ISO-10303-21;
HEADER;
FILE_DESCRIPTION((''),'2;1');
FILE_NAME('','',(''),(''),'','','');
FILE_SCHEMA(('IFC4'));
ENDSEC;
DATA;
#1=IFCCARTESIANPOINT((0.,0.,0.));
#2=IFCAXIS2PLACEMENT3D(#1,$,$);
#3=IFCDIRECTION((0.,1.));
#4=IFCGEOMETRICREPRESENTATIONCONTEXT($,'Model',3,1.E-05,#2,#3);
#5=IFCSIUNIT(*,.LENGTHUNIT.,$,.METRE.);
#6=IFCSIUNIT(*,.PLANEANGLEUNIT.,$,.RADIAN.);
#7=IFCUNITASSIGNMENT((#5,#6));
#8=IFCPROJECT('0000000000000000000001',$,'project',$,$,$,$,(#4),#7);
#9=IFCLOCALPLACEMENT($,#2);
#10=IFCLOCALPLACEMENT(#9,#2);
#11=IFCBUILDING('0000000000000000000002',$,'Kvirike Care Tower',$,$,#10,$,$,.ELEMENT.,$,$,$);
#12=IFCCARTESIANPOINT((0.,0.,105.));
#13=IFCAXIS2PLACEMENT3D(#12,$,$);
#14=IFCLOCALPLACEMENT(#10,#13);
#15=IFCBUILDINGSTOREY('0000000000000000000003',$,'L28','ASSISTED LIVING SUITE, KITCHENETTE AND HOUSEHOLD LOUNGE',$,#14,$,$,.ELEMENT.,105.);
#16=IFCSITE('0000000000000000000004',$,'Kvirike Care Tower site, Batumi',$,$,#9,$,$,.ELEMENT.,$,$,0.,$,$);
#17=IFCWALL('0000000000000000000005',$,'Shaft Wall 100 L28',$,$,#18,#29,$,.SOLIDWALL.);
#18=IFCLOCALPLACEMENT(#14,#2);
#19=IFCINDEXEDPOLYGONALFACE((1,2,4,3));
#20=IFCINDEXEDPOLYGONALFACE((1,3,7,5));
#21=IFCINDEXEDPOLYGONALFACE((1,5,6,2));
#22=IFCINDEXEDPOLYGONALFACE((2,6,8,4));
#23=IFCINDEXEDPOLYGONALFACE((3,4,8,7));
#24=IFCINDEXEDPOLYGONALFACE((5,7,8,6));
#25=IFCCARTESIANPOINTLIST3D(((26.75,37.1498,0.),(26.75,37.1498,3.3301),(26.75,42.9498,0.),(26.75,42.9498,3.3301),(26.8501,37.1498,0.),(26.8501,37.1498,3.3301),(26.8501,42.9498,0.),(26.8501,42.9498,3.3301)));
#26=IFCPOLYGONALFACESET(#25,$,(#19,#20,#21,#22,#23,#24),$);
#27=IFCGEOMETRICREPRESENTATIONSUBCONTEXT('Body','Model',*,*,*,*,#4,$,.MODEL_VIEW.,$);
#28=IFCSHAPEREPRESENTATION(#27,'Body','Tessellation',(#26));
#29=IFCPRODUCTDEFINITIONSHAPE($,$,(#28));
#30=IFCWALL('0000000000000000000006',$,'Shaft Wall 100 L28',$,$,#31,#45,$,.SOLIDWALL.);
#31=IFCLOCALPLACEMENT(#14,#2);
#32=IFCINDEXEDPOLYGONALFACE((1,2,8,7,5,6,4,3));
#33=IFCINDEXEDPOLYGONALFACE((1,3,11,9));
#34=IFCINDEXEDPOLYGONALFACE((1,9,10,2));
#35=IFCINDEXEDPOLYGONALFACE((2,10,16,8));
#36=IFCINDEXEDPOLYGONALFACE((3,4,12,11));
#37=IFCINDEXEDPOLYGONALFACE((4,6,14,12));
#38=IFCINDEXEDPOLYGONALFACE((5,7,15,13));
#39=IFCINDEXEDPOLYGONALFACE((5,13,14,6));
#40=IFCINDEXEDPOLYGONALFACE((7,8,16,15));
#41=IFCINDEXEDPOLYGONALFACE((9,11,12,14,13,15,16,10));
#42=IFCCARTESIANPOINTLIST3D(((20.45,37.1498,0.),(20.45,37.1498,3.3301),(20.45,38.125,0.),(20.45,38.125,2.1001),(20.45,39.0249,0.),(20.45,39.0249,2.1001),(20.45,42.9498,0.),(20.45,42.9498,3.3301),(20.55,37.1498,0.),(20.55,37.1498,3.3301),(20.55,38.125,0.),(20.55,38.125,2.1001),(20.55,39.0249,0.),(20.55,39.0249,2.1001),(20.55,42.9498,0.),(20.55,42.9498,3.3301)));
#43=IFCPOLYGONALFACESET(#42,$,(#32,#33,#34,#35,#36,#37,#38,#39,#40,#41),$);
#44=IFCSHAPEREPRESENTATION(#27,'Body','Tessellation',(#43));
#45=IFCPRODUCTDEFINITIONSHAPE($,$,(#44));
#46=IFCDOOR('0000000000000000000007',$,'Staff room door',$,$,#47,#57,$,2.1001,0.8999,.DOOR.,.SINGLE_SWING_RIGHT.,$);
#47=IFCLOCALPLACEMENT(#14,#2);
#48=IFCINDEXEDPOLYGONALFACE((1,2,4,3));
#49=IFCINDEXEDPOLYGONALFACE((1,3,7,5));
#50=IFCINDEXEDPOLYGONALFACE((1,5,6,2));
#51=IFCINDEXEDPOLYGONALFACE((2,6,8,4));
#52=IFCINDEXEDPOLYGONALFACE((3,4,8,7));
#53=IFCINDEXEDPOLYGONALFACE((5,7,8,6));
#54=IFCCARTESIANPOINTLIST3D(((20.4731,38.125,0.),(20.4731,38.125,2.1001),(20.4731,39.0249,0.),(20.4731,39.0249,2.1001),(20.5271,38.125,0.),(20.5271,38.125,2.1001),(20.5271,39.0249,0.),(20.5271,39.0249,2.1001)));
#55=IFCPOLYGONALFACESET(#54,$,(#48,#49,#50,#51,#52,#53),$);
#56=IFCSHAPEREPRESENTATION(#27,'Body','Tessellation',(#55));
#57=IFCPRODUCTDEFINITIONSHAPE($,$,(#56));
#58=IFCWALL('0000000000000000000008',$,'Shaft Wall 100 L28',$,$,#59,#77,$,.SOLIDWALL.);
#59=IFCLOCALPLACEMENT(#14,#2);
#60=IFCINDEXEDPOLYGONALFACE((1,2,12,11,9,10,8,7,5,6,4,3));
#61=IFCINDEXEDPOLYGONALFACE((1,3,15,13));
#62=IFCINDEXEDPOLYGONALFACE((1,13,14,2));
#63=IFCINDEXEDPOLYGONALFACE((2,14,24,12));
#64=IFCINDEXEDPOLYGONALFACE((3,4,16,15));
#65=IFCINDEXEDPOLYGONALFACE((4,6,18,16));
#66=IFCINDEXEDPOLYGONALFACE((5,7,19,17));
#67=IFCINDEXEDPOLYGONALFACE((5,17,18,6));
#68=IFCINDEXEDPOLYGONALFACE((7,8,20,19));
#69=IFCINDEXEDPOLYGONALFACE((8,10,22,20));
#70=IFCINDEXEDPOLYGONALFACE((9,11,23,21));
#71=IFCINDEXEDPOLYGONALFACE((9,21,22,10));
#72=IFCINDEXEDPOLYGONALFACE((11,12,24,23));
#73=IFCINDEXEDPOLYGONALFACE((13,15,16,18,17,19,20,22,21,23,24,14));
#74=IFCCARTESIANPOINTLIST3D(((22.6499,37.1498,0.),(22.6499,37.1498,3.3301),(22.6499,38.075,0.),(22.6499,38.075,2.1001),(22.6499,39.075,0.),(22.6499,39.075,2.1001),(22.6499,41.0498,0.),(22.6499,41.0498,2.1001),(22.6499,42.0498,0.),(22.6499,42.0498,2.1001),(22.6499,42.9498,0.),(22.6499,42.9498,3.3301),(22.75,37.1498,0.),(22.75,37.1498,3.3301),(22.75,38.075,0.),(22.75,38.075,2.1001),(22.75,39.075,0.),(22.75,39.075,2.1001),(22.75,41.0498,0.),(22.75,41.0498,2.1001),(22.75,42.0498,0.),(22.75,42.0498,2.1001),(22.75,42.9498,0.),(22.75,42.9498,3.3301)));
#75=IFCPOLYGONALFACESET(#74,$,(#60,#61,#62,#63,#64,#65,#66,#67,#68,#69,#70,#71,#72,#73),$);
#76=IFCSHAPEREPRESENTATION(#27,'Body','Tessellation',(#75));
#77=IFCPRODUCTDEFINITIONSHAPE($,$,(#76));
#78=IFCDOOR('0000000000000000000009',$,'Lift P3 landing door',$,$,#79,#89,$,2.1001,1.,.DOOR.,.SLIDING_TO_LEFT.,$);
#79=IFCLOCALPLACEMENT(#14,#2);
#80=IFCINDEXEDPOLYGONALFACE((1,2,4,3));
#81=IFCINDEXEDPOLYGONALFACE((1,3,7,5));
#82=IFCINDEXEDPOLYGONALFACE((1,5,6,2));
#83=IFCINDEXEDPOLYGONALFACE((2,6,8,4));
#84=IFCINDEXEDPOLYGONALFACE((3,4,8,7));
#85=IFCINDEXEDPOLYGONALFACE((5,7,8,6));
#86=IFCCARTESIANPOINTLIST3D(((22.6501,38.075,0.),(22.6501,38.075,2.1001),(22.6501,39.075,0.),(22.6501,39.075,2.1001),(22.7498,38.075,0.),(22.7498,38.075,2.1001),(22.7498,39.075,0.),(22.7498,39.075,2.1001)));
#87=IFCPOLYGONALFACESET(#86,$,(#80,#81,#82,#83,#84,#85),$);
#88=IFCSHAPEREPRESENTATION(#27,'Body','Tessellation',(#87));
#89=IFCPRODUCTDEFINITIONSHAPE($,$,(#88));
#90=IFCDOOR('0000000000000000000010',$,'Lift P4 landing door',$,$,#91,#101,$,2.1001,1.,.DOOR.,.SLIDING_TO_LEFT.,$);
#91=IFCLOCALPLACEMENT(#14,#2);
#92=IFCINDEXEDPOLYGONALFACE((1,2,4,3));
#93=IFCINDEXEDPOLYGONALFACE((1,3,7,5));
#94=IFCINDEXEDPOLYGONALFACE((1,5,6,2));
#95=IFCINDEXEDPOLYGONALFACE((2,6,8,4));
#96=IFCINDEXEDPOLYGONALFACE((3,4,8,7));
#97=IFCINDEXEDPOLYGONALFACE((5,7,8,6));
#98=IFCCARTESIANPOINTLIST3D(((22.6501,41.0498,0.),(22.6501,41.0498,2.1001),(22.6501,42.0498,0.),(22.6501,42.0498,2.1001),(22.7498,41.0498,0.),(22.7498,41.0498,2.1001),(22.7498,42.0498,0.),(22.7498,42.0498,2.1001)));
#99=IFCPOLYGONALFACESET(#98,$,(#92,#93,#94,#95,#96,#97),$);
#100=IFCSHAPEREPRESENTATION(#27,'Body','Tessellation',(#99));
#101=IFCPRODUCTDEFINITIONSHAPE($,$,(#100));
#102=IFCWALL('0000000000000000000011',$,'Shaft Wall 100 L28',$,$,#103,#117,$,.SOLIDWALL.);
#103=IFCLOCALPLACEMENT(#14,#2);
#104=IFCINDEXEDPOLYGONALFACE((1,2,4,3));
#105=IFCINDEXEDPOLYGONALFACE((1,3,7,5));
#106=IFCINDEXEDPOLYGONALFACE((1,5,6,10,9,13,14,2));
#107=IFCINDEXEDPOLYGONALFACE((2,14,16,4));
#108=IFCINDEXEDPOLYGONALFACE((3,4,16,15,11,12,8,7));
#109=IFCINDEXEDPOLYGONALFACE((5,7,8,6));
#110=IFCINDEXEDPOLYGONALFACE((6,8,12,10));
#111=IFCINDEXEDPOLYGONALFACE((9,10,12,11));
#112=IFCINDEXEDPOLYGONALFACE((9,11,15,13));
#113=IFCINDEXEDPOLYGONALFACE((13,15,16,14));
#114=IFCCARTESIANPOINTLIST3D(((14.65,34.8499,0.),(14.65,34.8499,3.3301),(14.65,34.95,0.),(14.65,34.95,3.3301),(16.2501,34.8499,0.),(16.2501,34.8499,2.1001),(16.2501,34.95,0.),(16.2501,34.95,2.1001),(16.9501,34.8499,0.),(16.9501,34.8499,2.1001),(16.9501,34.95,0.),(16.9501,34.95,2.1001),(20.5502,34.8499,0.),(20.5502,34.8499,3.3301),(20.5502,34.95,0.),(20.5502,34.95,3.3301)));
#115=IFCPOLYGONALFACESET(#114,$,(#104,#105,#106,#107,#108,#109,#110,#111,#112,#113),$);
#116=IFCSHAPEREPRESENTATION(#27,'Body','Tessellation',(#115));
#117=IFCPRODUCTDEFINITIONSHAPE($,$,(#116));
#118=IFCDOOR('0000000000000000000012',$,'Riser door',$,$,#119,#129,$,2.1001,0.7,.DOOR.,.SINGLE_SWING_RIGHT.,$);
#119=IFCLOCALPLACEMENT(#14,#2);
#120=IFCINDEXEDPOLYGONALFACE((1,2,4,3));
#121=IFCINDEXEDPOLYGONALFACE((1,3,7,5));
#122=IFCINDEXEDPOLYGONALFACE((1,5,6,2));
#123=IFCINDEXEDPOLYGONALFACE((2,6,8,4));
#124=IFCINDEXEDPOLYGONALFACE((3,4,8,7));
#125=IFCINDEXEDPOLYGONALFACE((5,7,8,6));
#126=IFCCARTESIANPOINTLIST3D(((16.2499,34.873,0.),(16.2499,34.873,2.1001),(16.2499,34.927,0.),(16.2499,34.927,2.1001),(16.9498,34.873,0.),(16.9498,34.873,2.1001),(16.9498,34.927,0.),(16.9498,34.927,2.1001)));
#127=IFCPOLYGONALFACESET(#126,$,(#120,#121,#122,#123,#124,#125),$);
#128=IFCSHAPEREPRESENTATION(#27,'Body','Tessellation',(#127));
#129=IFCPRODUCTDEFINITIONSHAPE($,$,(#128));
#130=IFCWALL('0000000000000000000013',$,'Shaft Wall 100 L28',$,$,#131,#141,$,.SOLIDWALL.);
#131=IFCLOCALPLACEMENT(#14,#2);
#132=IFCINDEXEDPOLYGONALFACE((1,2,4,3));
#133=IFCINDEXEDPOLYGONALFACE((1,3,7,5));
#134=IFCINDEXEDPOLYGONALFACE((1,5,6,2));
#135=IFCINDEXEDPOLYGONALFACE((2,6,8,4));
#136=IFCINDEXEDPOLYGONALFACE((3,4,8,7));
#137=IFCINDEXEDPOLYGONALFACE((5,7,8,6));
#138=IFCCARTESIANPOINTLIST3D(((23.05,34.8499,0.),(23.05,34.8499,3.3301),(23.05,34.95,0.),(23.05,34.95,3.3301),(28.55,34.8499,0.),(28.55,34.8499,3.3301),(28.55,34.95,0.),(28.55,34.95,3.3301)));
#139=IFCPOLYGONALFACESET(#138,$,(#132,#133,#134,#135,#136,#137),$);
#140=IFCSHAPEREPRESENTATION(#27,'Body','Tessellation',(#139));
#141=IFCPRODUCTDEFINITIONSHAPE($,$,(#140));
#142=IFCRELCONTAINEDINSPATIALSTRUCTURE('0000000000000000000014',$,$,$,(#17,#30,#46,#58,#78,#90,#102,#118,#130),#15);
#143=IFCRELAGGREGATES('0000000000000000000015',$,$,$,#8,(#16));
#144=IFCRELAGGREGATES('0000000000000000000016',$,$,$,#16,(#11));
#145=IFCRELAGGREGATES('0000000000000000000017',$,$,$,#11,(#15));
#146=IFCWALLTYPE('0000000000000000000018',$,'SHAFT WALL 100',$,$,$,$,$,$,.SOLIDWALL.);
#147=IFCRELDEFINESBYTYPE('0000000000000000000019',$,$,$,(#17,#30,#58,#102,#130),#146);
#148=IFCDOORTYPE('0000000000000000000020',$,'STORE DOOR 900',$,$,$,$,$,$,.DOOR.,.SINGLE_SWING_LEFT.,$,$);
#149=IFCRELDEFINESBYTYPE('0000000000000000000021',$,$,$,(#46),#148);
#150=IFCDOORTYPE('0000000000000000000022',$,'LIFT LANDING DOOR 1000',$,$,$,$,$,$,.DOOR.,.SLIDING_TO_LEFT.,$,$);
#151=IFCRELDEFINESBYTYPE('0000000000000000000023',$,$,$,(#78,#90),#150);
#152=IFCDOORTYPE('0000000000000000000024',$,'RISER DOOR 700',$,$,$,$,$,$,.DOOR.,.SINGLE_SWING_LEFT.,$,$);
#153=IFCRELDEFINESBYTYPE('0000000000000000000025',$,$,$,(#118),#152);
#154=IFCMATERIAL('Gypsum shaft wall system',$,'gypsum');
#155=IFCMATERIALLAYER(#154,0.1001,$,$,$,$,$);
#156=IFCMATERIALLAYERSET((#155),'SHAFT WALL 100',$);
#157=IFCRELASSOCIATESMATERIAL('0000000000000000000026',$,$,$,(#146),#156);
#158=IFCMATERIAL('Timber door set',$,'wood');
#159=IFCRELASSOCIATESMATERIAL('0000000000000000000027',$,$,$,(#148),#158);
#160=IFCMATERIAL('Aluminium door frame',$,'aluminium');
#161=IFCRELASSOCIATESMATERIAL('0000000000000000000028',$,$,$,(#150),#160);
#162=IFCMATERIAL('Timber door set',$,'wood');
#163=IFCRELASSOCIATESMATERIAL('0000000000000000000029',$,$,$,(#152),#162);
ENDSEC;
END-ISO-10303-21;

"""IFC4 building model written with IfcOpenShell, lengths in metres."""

from ifc_helpers import new_model, si_unit, direction, frame, frame_2d, origin, place, context, subcontext, project, spatial, rectangle, extrude, material, layer, layer_set, type_object, element, fill, save


model = new_model("IFC4")

# Units and contexts
model_context = context("Model", 3, precision=1e-05, world=origin(), true_north=direction((0.0, 1.0)))
body_context = subcontext(model_context, "Body", "Model", "MODEL_VIEW")
ifc_project = project(units=[si_unit("LENGTHUNIT", "METRE"), si_unit("PLANEANGLEUNIT", "RADIAN")], contexts=[model_context])

# Site, building, storey
site_placement = place(None, origin())
site = spatial("IfcSite", under=ifc_project, at=site_placement, Name="Kvirike Care Tower site, Batumi", CompositionType="ELEMENT", RefElevation=0.0)
building_placement = place(site_placement, origin())
building = spatial("IfcBuilding", under=site, at=building_placement, Name="Kvirike Care Tower", CompositionType="ELEMENT")
storey_placement = place(building_placement, frame((0.0, 0.0, 105.0)))
storey = spatial("IfcBuildingStorey", under=building, at=storey_placement, Name="L28", Description="ASSISTED LIVING SUITE, KITCHENETTE AND HOUSEHOLD LOUNGE", CompositionType="ELEMENT", Elevation=105.0)

# Wall
ifc_material_1 = material(Name="Gypsum shaft wall system", Category="gypsum")
ifc_layer_1 = layer(ifc_material_1, 0.1001)
ifc_layer_set_1 = layer_set([ifc_layer_1], Name="SHAFT WALL 100")
wall_type_1 = type_object("IfcWallType", Name="SHAFT WALL 100", PredefinedType="SOLIDWALL", material=ifc_layer_set_1)
for number, where, z_axis, x_axis, name in (
    (1, (26.8, 37.1499, 0.0), (0.0, 0.0, 1.0), (0.0, 1.0, 0.0), "Shaft Wall 100 L28"),
):
    element("IfcWall", number, at=place(storey_placement, frame(where, z_axis=z_axis, x_axis=x_axis)), inside=storey, type_object=wall_type_1, Name=name, PredefinedType="SOLIDWALL", context=body_context, shape_type="SweptSolid", body=[
        extrude(rectangle(XDim=5.8, YDim=0.1001, at=frame_2d((2.8999, 0.0))), origin(), (0.0, 0.0, 1.0), 3.3301),
    ])

# Wall, opening, door
wall_1_placement = place(storey_placement, frame((20.5, 37.1499, 0.0), z_axis=(0.0, 0.0, 1.0), x_axis=(0.0, 1.0, 0.0)))
wall_1 = element("IfcWall", 2, at=wall_1_placement, inside=storey, type_object=wall_type_1, Name="Shaft Wall 100 L28", PredefinedType="SOLIDWALL", context=body_context, shape_type="SweptSolid", body=[
    extrude(rectangle(XDim=5.8, YDim=0.1001, at=frame_2d((2.8999, 0.0))), origin(), (0.0, 0.0, 1.0), 3.3301),
])
opening_1_placement = place(wall_1_placement, frame((0.9751, 0.0, 0.0)))
opening_1 = element("IfcOpeningElement", 3, at=opening_1_placement, cuts=wall_1, PredefinedType="OPENING", context=body_context, shape_type="SweptSolid", body=[
    extrude(rectangle(XDim=0.8999, YDim=2.1001, at=frame_2d((0.45, 1.05))), frame((0.0, 0.0605, 0.0), z_axis=(0.0, -1.0, 0.0), x_axis=(1.0, 0.0, 0.0)), (0.0, 0.0, 1.0), 0.1211),
])
ifc_material_2 = material(Name="Timber door set", Category="wood")
door_type_1 = type_object("IfcDoorType", Name="STORE DOOR 900", OperationType="SINGLE_SWING_LEFT", PredefinedType="DOOR", material=ifc_material_2)
door_1_placement = place(opening_1_placement, origin())
door_1 = element("IfcDoor", 4, at=door_1_placement, inside=storey, type_object=door_type_1, Name="Staff room door", OperationType="SINGLE_SWING_RIGHT", OverallHeight=2.1001, OverallWidth=0.8999, PredefinedType="DOOR", context=body_context, shape_type="SweptSolid", body=[
    extrude(rectangle(XDim=0.8999, YDim=2.1001, at=frame_2d((0.45, 1.05))), frame((0.0, 0.0269, 0.0), z_axis=(0.0, -1.0, 0.0), x_axis=(1.0, 0.0, 0.0)), (0.0, 0.0, 1.0), 0.054),
])
fill(opening_1, door_1)

# Wall, openings, doors
wall_2_placement = place(storey_placement, frame((22.7, 37.1499, 0.0), z_axis=(0.0, 0.0, 1.0), x_axis=(0.0, 1.0, 0.0)))
wall_2 = element("IfcWall", 5, at=wall_2_placement, inside=storey, type_object=wall_type_1, Name="Shaft Wall 100 L28", PredefinedType="SOLIDWALL", context=body_context, shape_type="SweptSolid", body=[
    extrude(rectangle(XDim=5.8, YDim=0.1001, at=frame_2d((2.8999, 0.0))), origin(), (0.0, 0.0, 1.0), 3.3301),
])
opening_2_placement = place(wall_2_placement, frame((0.925, 0.0, 0.0)))
opening_2 = element("IfcOpeningElement", 6, at=opening_2_placement, cuts=wall_2, PredefinedType="OPENING", context=body_context, shape_type="SweptSolid", body=[
    extrude(rectangle(XDim=1.0, YDim=2.1001, at=frame_2d((0.5, 1.05))), frame((0.0, 0.0605, 0.0), z_axis=(0.0, -1.0, 0.0), x_axis=(1.0, 0.0, 0.0)), (0.0, 0.0, 1.0), 0.1211),
])
opening_3_placement = place(wall_2_placement, frame((3.8999, 0.0, 0.0)))
opening_3 = element("IfcOpeningElement", 7, at=opening_3_placement, cuts=wall_2, PredefinedType="OPENING", context=body_context, shape_type="SweptSolid", body=[
    extrude(rectangle(XDim=1.0, YDim=2.1001, at=frame_2d((0.5, 1.05))), frame((0.0, 0.0605, 0.0), z_axis=(0.0, -1.0, 0.0), x_axis=(1.0, 0.0, 0.0)), (0.0, 0.0, 1.0), 0.1211),
])
ifc_material_3 = material(Name="Aluminium door frame", Category="aluminium")
door_type_2 = type_object("IfcDoorType", Name="LIFT LANDING DOOR 1000", OperationType="SLIDING_TO_LEFT", PredefinedType="DOOR", material=ifc_material_3)
door_2_placement = place(opening_2_placement, origin())
door_2 = element("IfcDoor", 8, at=door_2_placement, inside=storey, type_object=door_type_2, Name="Lift P3 landing door", OperationType="SLIDING_TO_LEFT", OverallHeight=2.1001, OverallWidth=1.0, PredefinedType="DOOR", context=body_context, shape_type="SweptSolid", body=[
    extrude(rectangle(XDim=1.0, YDim=2.1001, at=frame_2d((0.5, 1.05))), frame((0.0, 0.0498, 0.0), z_axis=(0.0, -1.0, 0.0), x_axis=(1.0, 0.0, 0.0)), (0.0, 0.0, 1.0), 0.0996),
])
fill(opening_2, door_2)
door_3_placement = place(opening_3_placement, origin())
door_3 = element("IfcDoor", 9, at=door_3_placement, inside=storey, type_object=door_type_2, Name="Lift P4 landing door", OperationType="SLIDING_TO_LEFT", OverallHeight=2.1001, OverallWidth=1.0, PredefinedType="DOOR", context=body_context, shape_type="SweptSolid", body=[
    extrude(rectangle(XDim=1.0, YDim=2.1001, at=frame_2d((0.5, 1.05))), frame((0.0, 0.0498, 0.0), z_axis=(0.0, -1.0, 0.0), x_axis=(1.0, 0.0, 0.0)), (0.0, 0.0, 1.0), 0.0996),
])
fill(opening_3, door_3)

# Wall, opening, door
wall_3_placement = place(storey_placement, frame((14.6499, 34.8999, 0.0), z_axis=(0.0, 0.0, 1.0), x_axis=(1.0, 0.0, 0.0)))
wall_3 = element("IfcWall", 10, at=wall_3_placement, inside=storey, type_object=wall_type_1, Name="Shaft Wall 100 L28", PredefinedType="SOLIDWALL", context=body_context, shape_type="SweptSolid", body=[
    extrude(rectangle(XDim=5.9001, YDim=0.1001, at=frame_2d((2.9502, 0.0))), origin(), (0.0, 0.0, 1.0), 3.3301),
])
opening_4_placement = place(wall_3_placement, frame((1.6001, 0.0, 0.0)))
opening_4 = element("IfcOpeningElement", 11, at=opening_4_placement, cuts=wall_3, PredefinedType="OPENING", context=body_context, shape_type="SweptSolid", body=[
    extrude(rectangle(XDim=0.7, YDim=2.1001, at=frame_2d((0.3501, 1.05))), frame((0.0, 0.0605, 0.0), z_axis=(0.0, -1.0, 0.0), x_axis=(1.0, 0.0, 0.0)), (0.0, 0.0, 1.0), 0.1211),
])
ifc_material_4 = material(Name="Timber door set", Category="wood")
door_type_3 = type_object("IfcDoorType", Name="RISER DOOR 700", OperationType="SINGLE_SWING_LEFT", PredefinedType="DOOR", material=ifc_material_4)
door_4_placement = place(opening_4_placement, frame((0.7, 0.0, 0.0), z_axis=(0.0, 0.0, 1.0), x_axis=(-1.0, 0.0, 0.0)))
door_4 = element("IfcDoor", 12, at=door_4_placement, inside=storey, type_object=door_type_3, Name="Riser door", OperationType="SINGLE_SWING_RIGHT", OverallHeight=2.1001, OverallWidth=0.7, PredefinedType="DOOR", context=body_context, shape_type="SweptSolid", body=[
    extrude(rectangle(XDim=0.7, YDim=2.1001, at=frame_2d((0.3501, 1.05))), frame((0.0, 0.0269, 0.0), z_axis=(0.0, -1.0, 0.0), x_axis=(1.0, 0.0, 0.0)), (0.0, 0.0, 1.0), 0.054),
])
fill(opening_4, door_4)

# Wall
wall_4_placement = place(storey_placement, frame((23.05, 34.8999, 0.0), z_axis=(0.0, 0.0, 1.0), x_axis=(1.0, 0.0, 0.0)))
element("IfcWall", 13, at=wall_4_placement, inside=storey, type_object=wall_type_1, Name="Shaft Wall 100 L28", PredefinedType="SOLIDWALL", context=body_context, shape_type="SweptSolid", body=[
    extrude(rectangle(XDim=5.5, YDim=0.1001, at=frame_2d((2.75, 0.0))), origin(), (0.0, 0.0, 1.0), 3.3301),
])

save(model, "model.ifc")
